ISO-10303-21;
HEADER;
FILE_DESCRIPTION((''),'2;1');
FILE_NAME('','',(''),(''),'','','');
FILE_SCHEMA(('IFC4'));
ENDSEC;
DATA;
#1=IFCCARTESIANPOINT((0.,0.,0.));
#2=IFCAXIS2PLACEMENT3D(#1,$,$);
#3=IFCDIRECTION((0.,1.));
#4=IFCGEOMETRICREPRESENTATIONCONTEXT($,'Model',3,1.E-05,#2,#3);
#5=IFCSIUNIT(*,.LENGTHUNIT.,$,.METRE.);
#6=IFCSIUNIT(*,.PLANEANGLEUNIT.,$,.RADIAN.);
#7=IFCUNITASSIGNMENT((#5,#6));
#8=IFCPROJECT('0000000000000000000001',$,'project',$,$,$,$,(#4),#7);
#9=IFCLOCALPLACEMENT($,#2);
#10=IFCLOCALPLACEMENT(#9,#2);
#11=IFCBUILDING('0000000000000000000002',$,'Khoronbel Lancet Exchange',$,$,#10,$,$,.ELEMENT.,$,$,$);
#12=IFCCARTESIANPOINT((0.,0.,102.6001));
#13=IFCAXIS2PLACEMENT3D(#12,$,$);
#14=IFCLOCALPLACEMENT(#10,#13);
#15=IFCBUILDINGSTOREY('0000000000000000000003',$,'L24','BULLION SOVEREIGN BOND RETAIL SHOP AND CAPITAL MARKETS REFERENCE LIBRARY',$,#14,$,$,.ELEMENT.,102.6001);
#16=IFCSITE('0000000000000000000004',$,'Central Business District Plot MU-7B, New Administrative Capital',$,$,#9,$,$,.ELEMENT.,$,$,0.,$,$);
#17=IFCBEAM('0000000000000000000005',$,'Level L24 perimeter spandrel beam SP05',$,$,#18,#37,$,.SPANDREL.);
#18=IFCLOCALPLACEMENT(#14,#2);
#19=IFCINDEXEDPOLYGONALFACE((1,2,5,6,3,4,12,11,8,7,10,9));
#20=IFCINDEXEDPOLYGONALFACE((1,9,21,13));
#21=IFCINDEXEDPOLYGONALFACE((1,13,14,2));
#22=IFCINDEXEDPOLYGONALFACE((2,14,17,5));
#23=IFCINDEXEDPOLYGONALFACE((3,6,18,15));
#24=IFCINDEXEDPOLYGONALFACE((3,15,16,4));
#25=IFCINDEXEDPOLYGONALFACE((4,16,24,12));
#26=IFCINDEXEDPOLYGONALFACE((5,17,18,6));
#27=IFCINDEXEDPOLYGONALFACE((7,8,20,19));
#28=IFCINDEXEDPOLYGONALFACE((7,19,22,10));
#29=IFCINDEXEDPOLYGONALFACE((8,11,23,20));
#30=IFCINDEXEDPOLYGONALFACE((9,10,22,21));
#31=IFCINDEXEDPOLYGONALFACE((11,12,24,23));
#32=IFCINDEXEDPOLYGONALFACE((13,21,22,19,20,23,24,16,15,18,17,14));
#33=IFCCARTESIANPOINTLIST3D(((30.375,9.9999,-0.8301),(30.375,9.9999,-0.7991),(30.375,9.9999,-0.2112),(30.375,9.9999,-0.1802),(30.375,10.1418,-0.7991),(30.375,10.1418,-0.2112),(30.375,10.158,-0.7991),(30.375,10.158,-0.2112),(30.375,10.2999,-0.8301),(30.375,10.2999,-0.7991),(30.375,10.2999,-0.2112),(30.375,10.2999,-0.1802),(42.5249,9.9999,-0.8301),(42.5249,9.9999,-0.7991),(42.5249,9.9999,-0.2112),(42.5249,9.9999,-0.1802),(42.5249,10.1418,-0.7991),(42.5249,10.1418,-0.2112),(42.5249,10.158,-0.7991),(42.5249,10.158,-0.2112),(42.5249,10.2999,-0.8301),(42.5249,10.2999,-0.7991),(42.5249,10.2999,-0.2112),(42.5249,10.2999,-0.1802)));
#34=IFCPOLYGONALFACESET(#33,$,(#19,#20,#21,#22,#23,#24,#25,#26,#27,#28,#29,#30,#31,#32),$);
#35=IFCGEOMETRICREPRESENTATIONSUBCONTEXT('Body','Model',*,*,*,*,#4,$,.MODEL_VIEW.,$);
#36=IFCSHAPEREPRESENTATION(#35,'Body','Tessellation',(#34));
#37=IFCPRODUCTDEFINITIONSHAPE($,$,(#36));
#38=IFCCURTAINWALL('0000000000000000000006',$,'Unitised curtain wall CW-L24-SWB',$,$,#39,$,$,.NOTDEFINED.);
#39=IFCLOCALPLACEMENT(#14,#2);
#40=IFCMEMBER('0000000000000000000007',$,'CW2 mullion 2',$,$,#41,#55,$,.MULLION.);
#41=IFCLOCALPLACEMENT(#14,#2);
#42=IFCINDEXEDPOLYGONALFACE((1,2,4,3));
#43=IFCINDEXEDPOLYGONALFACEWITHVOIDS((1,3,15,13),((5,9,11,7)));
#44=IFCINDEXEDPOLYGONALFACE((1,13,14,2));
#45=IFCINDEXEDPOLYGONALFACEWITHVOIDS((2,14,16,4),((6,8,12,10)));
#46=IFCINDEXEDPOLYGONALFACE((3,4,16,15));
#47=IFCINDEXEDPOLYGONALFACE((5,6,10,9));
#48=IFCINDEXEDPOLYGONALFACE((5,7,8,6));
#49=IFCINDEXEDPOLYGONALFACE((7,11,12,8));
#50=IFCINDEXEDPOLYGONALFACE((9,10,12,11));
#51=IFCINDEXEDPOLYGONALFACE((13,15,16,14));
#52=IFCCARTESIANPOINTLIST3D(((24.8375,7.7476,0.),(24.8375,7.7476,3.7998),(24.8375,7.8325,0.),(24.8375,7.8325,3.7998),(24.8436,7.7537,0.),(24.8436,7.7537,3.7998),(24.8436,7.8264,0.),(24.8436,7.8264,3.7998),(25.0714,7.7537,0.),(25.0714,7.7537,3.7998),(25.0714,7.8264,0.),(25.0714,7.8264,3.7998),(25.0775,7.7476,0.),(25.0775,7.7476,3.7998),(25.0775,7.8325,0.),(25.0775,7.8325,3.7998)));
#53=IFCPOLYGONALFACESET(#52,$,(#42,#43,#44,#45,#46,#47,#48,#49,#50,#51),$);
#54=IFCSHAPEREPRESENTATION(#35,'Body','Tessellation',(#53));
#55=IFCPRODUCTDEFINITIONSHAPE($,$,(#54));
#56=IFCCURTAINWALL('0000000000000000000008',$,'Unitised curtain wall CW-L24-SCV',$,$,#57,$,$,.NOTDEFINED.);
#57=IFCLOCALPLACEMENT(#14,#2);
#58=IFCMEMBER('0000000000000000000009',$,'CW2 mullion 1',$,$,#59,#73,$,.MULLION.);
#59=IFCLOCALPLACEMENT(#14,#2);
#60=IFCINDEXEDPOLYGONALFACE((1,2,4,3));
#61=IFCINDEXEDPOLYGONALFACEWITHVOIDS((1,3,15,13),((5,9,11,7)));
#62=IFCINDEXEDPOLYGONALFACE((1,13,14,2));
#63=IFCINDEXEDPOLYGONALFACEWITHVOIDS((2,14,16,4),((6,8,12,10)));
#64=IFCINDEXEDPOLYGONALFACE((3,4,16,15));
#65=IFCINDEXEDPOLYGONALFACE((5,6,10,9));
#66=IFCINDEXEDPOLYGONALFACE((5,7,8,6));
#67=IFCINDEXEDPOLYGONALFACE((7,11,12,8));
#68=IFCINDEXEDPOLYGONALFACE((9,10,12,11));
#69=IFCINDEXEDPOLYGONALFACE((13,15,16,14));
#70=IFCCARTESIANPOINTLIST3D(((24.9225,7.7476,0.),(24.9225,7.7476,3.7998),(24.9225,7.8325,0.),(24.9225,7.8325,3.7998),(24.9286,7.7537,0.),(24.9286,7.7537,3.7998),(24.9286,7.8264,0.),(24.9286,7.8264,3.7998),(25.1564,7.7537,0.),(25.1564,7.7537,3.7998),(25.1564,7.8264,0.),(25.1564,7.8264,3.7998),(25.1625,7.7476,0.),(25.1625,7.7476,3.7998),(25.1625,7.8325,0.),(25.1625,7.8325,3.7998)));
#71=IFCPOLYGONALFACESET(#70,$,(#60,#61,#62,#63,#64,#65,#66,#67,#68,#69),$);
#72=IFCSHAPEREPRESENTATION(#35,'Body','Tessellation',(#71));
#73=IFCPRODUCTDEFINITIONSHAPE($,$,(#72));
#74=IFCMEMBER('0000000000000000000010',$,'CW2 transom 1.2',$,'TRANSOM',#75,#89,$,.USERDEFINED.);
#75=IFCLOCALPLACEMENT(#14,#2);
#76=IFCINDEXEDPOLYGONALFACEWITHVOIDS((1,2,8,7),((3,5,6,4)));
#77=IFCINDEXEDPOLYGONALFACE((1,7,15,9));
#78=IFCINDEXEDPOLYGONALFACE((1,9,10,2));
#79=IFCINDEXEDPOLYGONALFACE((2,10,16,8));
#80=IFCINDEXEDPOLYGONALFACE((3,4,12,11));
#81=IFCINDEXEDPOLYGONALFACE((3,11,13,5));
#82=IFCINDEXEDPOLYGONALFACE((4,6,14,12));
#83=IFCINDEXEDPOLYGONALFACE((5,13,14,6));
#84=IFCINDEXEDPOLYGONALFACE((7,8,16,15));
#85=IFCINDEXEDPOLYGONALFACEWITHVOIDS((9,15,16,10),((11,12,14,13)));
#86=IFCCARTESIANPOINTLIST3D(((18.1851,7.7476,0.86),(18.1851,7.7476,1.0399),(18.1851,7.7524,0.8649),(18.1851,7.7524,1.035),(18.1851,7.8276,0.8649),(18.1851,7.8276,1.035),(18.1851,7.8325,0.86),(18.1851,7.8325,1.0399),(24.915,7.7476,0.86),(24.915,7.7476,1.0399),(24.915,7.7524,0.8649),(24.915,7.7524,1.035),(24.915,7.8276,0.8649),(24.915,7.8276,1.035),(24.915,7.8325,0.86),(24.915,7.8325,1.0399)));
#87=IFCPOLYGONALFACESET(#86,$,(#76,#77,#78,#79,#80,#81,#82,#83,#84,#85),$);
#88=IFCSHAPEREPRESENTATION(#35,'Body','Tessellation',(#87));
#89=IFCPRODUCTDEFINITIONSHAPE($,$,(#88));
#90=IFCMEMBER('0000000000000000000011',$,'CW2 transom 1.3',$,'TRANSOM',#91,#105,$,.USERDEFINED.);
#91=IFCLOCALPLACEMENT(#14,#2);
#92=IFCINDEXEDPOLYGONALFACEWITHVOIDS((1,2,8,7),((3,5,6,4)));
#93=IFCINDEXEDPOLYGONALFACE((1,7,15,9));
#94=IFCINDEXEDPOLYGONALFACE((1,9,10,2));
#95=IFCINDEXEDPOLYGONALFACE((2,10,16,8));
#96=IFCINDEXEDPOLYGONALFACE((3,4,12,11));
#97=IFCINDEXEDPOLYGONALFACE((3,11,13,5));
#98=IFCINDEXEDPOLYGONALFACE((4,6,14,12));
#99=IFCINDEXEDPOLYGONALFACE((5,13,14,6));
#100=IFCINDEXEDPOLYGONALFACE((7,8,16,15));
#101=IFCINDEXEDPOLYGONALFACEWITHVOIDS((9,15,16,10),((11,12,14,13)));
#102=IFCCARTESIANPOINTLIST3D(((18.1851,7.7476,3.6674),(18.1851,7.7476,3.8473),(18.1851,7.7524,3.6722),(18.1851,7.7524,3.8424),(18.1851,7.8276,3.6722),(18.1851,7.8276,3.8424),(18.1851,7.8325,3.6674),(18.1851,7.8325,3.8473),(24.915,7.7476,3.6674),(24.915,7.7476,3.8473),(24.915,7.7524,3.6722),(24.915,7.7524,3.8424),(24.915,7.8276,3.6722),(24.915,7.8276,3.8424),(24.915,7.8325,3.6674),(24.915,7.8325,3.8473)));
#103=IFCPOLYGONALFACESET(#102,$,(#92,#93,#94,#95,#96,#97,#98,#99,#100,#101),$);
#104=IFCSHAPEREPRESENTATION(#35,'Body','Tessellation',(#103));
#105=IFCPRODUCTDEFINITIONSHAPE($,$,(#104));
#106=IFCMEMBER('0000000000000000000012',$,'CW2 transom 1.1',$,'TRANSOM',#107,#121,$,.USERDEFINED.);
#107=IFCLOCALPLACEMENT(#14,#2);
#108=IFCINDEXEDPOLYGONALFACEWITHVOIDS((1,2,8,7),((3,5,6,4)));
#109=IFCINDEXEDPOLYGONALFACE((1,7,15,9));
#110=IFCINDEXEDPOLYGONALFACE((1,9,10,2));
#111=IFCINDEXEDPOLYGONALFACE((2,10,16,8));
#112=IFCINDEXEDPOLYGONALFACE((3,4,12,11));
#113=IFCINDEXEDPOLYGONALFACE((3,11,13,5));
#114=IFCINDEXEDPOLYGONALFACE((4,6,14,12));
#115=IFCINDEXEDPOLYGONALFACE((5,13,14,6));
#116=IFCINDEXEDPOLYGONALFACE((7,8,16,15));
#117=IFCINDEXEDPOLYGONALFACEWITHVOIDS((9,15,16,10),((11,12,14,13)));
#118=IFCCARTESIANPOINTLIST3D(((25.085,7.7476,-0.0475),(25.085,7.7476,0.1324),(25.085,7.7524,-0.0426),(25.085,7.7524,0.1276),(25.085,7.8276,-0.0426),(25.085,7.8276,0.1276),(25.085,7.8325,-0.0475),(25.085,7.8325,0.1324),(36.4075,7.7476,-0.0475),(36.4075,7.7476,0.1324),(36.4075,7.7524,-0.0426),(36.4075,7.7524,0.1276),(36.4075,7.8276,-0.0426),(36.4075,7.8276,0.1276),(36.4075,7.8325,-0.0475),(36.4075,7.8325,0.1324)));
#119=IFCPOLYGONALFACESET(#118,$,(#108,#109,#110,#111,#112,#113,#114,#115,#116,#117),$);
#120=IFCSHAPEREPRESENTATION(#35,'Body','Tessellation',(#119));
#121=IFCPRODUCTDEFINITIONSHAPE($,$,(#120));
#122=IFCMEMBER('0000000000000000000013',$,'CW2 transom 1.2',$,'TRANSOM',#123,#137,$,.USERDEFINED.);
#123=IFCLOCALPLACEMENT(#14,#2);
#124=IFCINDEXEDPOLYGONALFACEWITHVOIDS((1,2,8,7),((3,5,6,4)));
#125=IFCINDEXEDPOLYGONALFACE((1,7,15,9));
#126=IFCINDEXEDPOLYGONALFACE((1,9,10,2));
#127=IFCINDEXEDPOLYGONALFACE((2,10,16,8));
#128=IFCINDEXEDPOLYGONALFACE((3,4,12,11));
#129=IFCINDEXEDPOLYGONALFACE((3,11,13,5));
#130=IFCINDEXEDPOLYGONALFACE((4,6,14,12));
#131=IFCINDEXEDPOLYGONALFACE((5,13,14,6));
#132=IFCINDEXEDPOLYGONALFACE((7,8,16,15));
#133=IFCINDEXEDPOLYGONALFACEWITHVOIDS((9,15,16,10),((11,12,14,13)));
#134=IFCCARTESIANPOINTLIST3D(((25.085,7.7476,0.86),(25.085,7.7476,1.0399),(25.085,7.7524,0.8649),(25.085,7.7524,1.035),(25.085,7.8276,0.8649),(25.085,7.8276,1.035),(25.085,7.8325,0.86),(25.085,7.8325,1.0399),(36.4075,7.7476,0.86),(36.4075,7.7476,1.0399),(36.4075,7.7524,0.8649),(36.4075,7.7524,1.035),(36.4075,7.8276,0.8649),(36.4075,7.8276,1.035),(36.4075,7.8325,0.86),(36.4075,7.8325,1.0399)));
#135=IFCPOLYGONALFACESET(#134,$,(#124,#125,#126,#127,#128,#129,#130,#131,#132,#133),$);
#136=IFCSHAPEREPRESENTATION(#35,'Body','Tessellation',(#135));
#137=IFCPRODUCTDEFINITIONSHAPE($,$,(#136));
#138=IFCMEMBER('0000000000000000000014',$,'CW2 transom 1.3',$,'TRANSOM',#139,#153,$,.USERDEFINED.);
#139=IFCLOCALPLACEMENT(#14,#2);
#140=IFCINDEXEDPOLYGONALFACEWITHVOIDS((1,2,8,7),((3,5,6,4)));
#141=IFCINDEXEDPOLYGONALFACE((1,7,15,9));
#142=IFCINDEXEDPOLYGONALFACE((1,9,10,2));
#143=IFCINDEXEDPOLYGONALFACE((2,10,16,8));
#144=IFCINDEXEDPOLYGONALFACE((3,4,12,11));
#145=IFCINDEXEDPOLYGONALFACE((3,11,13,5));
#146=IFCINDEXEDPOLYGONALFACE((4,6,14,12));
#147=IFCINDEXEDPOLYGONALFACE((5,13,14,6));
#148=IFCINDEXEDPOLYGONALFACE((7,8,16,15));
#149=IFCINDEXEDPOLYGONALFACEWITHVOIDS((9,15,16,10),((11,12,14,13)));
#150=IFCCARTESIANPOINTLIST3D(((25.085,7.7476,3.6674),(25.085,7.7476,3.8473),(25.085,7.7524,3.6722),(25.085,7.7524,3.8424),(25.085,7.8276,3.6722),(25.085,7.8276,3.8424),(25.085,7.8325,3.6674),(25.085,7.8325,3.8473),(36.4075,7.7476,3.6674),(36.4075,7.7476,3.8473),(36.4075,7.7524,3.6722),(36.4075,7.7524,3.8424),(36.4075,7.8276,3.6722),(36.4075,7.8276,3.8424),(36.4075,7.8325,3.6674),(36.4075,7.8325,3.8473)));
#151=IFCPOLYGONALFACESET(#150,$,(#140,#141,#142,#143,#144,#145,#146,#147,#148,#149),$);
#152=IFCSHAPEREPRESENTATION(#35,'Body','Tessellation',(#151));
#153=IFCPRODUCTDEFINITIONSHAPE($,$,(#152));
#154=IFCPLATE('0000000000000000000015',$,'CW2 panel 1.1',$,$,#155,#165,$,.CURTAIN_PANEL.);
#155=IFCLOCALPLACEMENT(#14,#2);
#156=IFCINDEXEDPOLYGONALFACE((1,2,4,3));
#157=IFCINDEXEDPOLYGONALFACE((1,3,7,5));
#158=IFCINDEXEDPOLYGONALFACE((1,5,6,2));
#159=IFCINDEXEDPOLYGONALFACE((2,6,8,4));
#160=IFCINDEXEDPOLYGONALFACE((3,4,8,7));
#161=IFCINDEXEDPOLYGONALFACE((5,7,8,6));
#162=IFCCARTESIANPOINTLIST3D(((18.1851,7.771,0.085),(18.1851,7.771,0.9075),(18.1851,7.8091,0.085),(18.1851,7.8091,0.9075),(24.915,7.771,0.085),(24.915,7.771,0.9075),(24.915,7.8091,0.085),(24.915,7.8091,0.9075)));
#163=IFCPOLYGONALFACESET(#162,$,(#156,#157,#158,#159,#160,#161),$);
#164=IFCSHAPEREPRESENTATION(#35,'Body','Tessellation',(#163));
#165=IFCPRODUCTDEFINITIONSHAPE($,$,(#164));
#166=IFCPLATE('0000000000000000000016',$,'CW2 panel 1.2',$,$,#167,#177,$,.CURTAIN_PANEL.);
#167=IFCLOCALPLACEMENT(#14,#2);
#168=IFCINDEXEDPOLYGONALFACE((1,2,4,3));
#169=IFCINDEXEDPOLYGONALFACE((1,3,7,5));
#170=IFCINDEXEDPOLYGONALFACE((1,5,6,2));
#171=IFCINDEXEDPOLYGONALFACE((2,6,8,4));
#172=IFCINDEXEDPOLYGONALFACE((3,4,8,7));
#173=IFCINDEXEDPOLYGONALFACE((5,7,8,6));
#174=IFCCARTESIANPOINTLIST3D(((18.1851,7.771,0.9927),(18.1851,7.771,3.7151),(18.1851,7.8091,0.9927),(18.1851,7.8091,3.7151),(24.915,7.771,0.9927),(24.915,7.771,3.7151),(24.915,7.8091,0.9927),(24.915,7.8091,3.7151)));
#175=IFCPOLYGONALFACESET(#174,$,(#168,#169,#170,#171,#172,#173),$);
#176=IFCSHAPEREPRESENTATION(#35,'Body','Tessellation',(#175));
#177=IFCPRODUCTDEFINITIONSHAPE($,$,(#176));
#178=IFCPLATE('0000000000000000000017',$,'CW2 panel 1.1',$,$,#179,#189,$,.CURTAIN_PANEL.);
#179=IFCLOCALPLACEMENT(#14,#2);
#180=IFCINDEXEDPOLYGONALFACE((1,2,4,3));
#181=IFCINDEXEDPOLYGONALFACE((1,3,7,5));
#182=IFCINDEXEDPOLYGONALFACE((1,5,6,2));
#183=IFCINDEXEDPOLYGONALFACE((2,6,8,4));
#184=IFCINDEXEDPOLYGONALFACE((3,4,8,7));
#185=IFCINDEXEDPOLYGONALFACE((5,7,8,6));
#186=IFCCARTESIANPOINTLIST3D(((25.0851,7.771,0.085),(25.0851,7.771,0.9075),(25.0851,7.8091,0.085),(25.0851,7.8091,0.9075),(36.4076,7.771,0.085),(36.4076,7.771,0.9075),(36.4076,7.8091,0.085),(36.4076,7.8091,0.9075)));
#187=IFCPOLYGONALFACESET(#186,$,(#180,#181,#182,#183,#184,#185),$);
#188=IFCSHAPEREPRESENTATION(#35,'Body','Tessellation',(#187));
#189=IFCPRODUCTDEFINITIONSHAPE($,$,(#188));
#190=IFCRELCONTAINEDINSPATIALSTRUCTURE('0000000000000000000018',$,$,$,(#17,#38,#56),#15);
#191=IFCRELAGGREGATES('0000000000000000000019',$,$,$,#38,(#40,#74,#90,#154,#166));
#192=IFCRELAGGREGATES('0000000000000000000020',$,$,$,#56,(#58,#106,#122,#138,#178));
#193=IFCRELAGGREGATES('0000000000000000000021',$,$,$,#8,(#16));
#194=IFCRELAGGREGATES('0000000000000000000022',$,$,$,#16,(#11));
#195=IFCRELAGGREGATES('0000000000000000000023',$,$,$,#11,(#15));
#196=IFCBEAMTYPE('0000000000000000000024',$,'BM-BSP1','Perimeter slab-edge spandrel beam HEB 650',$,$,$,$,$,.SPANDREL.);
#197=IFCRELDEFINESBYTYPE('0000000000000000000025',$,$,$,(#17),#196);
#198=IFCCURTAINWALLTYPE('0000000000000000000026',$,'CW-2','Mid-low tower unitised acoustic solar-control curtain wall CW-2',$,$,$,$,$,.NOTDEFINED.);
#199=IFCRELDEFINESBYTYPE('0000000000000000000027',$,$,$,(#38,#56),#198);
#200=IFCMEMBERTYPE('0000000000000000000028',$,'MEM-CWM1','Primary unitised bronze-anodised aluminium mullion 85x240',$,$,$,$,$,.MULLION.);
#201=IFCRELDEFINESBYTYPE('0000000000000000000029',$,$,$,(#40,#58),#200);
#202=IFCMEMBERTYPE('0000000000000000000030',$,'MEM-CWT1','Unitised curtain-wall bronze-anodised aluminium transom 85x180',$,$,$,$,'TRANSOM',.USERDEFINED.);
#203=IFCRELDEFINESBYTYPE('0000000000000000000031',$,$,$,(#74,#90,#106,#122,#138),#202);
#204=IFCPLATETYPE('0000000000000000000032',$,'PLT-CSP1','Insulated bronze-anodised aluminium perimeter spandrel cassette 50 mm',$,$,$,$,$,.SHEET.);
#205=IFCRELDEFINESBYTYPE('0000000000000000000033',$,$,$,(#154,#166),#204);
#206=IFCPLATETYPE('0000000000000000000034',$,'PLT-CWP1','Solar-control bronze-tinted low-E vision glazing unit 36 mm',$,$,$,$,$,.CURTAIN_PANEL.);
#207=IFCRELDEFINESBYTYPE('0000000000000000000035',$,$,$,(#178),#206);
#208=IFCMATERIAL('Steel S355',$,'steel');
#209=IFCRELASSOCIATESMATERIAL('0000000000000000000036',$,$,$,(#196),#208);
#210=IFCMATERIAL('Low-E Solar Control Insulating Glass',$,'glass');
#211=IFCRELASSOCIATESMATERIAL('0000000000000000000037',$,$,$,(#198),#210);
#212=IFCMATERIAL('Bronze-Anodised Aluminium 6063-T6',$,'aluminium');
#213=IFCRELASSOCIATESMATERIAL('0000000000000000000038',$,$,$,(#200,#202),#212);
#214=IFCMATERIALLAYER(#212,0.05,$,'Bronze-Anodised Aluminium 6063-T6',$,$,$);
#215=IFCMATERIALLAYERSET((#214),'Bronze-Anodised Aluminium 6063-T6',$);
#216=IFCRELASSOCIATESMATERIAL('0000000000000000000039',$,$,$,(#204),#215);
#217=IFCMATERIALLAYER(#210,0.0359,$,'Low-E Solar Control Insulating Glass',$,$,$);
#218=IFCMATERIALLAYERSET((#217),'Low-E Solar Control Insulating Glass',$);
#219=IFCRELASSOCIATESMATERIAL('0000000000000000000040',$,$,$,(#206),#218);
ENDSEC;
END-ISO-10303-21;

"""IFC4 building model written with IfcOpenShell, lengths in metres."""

from ifc_helpers import new_model, si_unit, direction, frame, origin, origin_2d, place, context, subcontext, project, spatial, rectangle, hollow_rectangle, i_section, extrude, material, layer, layer_set, material_profile, profile_set, type_object, element, aggregate, save


model = new_model("IFC4")

# Units and contexts
model_context = context("Model", 3, precision=1e-05, world=origin(), true_north=direction((0.0, 1.0)))
body_context = subcontext(model_context, "Body", "Model", "MODEL_VIEW")
ifc_project = project(units=[si_unit("LENGTHUNIT", "METRE"), si_unit("PLANEANGLEUNIT", "RADIAN")], contexts=[model_context])

# Site, building, storey
site_placement = place(None, origin())
site = spatial("IfcSite", under=ifc_project, at=site_placement, Name="Central Business District Plot MU-7B, New Administrative Capital", CompositionType="ELEMENT", RefElevation=0.0)
building_placement = place(site_placement, origin())
building = spatial("IfcBuilding", under=site, at=building_placement, Name="Khoronbel Lancet Exchange", CompositionType="ELEMENT")
storey_placement = place(building_placement, frame((0.0, 0.0, 102.6001)))
storey = spatial("IfcBuildingStorey", under=building, at=storey_placement, Name="L24", Description="BULLION SOVEREIGN BOND RETAIL SHOP AND CAPITAL MARKETS REFERENCE LIBRARY", CompositionType="ELEMENT", Elevation=102.6001)

# Beam
ifc_material_1 = material(Name="Steel S355", Category="steel")
ifc_material_profile_1 = material_profile(ifc_material_1, i_section(OverallWidth=0.3, OverallDepth=0.6499, WebThickness=0.0161, FlangeThickness=0.031, at=origin_2d()), Name="HEB 650")
ifc_profile_set_1 = profile_set([ifc_material_profile_1], Name="Steel S355")
beam_type_1 = type_object("IfcBeamType", Name="BM-BSP1", Description="Perimeter slab-edge spandrel beam HEB 650", PredefinedType="SPANDREL", material=ifc_profile_set_1)
beam_1_placement = place(storey_placement, frame((30.375, 10.1499, -0.5051), z_axis=(1.0, 0.0, 0.0), x_axis=(0.0, 1.0, 0.0)))
element("IfcBeam", 1, at=beam_1_placement, inside=storey, type_object=beam_type_1, Name="Level L24 perimeter spandrel beam SP05", PredefinedType="SPANDREL", context=body_context, shape_type="SweptSolid", body=[
    extrude(i_section(OverallWidth=0.3, OverallDepth=0.6499, WebThickness=0.0161, FlangeThickness=0.031, at=origin_2d()), origin(), (0.0, 0.0, 1.0), 12.1499),
])

# Curtain walls, members
ifc_material_2 = material(Name="Low-E Solar Control Insulating Glass", Category="glass")
curtain_wall_type = type_object("IfcCurtainWallType", Name="CW-2", Description="Mid-low tower unitised acoustic solar-control curtain wall CW-2", PredefinedType="NOTDEFINED", material=ifc_material_2)
curtain_wall_1_placement = place(storey_placement, origin())
curtain_wall_1 = element("IfcCurtainWall", 2, at=curtain_wall_1_placement, inside=storey, type_object=curtain_wall_type, Name="Unitised curtain wall CW-L24-SWB", PredefinedType="NOTDEFINED")
ifc_material_3 = material(Name="Bronze-Anodised Aluminium 6063-T6", Category="aluminium")
ifc_material_profile_2 = material_profile(ifc_material_3, hollow_rectangle(XDim=0.085, YDim=0.24, WallThickness=0.0061, at=origin_2d()), Name="ALU MULLION 85x240")
ifc_profile_set_2 = profile_set([ifc_material_profile_2], Name="Bronze-Anodised Aluminium 6063-T6")
member_type_1 = type_object("IfcMemberType", Name="MEM-CWM1", Description="Primary unitised bronze-anodised aluminium mullion 85x240", PredefinedType="MULLION", material=ifc_profile_set_2)
member_1_placement = place(storey_placement, frame((24.9575, 7.79, 0.0), z_axis=(0.0, 0.0, 1.0), x_axis=(0.0, 1.0, 0.0)))
member_1 = element("IfcMember", 3, at=member_1_placement, type_object=member_type_1, Name="CW2 mullion 2", PredefinedType="MULLION", context=body_context, shape_type="SweptSolid", body=[
    extrude(hollow_rectangle(XDim=0.085, YDim=0.24, WallThickness=0.0061, at=origin_2d()), origin(), (0.0, 0.0, 1.0), 3.7998),
])
curtain_wall_2_placement = place(storey_placement, origin())
curtain_wall_2 = element("IfcCurtainWall", 4, at=curtain_wall_2_placement, inside=storey, type_object=curtain_wall_type, Name="Unitised curtain wall CW-L24-SCV", PredefinedType="NOTDEFINED")
member_2_placement = place(storey_placement, frame((25.0425, 7.79, 0.0), z_axis=(0.0, 0.0, 1.0), x_axis=(0.0, 1.0, 0.0)))
member_2 = element("IfcMember", 5, at=member_2_placement, type_object=member_type_1, Name="CW2 mullion 1", PredefinedType="MULLION", context=body_context, shape_type="SweptSolid", body=[
    extrude(hollow_rectangle(XDim=0.085, YDim=0.24, WallThickness=0.0061, at=origin_2d()), origin(), (0.0, 0.0, 1.0), 3.7998),
])

# Members
ifc_material_profile_3 = material_profile(ifc_material_3, hollow_rectangle(XDim=0.085, YDim=0.1799, WallThickness=0.0049, at=origin_2d()), Name="ALU TRANSOM 85x180")
ifc_profile_set_3 = profile_set([ifc_material_profile_3], Name="Bronze-Anodised Aluminium 6063-T6")
member_type_2 = type_object("IfcMemberType", Name="MEM-CWT1", Description="Unitised curtain-wall bronze-anodised aluminium transom 85x180", ElementType="TRANSOM", PredefinedType="USERDEFINED", material=ifc_profile_set_3)
member_3_placement = place(storey_placement, frame((18.1851, 7.79, 0.95), z_axis=(1.0, 0.0, 0.0), x_axis=(0.0, 1.0, 0.0)))
member_3 = element("IfcMember", 6, at=member_3_placement, type_object=member_type_2, Name="CW2 transom 1.2", ObjectType="TRANSOM", PredefinedType="USERDEFINED", context=body_context, shape_type="SweptSolid", body=[
    extrude(hollow_rectangle(XDim=0.085, YDim=0.1799, WallThickness=0.0049, at=origin_2d()), origin(), (0.0, 0.0, 1.0), 6.73),
])
member_4_placement = place(storey_placement, frame((18.1851, 7.79, 3.7573), z_axis=(1.0, 0.0, 0.0), x_axis=(0.0, 1.0, 0.0)))
member_4 = element("IfcMember", 7, at=member_4_placement, type_object=member_type_2, Name="CW2 transom 1.3", ObjectType="TRANSOM", PredefinedType="USERDEFINED", context=body_context, shape_type="SweptSolid", body=[
    extrude(hollow_rectangle(XDim=0.085, YDim=0.1799, WallThickness=0.0049, at=origin_2d()), origin(), (0.0, 0.0, 1.0), 6.73),
])
member_5_placement = place(storey_placement, frame((25.085, 7.79, 0.0425), z_axis=(1.0, 0.0, 0.0), x_axis=(0.0, 1.0, 0.0)))
member_5 = element("IfcMember", 8, at=member_5_placement, type_object=member_type_2, Name="CW2 transom 1.1", ObjectType="TRANSOM", PredefinedType="USERDEFINED", context=body_context, shape_type="SweptSolid", body=[
    extrude(hollow_rectangle(XDim=0.085, YDim=0.1799, WallThickness=0.0049, at=origin_2d()), origin(), (0.0, 0.0, 1.0), 11.3225),
])
member_6_placement = place(storey_placement, frame((25.085, 7.79, 0.95), z_axis=(1.0, 0.0, 0.0), x_axis=(0.0, 1.0, 0.0)))
member_6 = element("IfcMember", 9, at=member_6_placement, type_object=member_type_2, Name="CW2 transom 1.2", ObjectType="TRANSOM", PredefinedType="USERDEFINED", context=body_context, shape_type="SweptSolid", body=[
    extrude(hollow_rectangle(XDim=0.085, YDim=0.1799, WallThickness=0.0049, at=origin_2d()), origin(), (0.0, 0.0, 1.0), 11.3225),
])
member_7_placement = place(storey_placement, frame((25.085, 7.79, 3.7573), z_axis=(1.0, 0.0, 0.0), x_axis=(0.0, 1.0, 0.0)))
member_7 = element("IfcMember", 10, at=member_7_placement, type_object=member_type_2, Name="CW2 transom 1.3", ObjectType="TRANSOM", PredefinedType="USERDEFINED", context=body_context, shape_type="SweptSolid", body=[
    extrude(hollow_rectangle(XDim=0.085, YDim=0.1799, WallThickness=0.0049, at=origin_2d()), origin(), (0.0, 0.0, 1.0), 11.3225),
])

# Plates
ifc_layer_1 = layer(ifc_material_3, 0.05, Name="Bronze-Anodised Aluminium 6063-T6")
ifc_layer_set_1 = layer_set([ifc_layer_1], Name="Bronze-Anodised Aluminium 6063-T6")
plate_type_1 = type_object("IfcPlateType", Name="PLT-CSP1", Description="Insulated bronze-anodised aluminium perimeter spandrel cassette 50 mm", PredefinedType="SHEET", material=ifc_layer_set_1)
plate_1_placement = place(storey_placement, frame((21.55, 7.79, 0.085), z_axis=(0.0, 0.0, 1.0), x_axis=(1.0, 0.0, 0.0)))
plate_1 = element("IfcPlate", 11, at=plate_1_placement, type_object=plate_type_1, Name="CW2 panel 1.1", PredefinedType="CURTAIN_PANEL", context=body_context, shape_type="SweptSolid", body=[
    extrude(rectangle(XDim=6.73, YDim=0.0381, at=origin_2d()), origin(), (0.0, 0.0, 1.0), 0.8225),
])
plate_2_placement = place(storey_placement, frame((21.55, 7.79, 0.9927), z_axis=(0.0, 0.0, 1.0), x_axis=(1.0, 0.0, 0.0)))
plate_2 = element("IfcPlate", 12, at=plate_2_placement, type_object=plate_type_1, Name="CW2 panel 1.2", PredefinedType="CURTAIN_PANEL", context=body_context, shape_type="SweptSolid", body=[
    extrude(rectangle(XDim=6.73, YDim=0.0381, at=origin_2d()), origin(), (0.0, 0.0, 1.0), 2.7224),
])
aggregate(curtain_wall_1, [member_1, member_3, member_4, plate_1, plate_2])
ifc_layer_2 = layer(ifc_material_2, 0.0359, Name="Low-E Solar Control Insulating Glass")
ifc_layer_set_2 = layer_set([ifc_layer_2], Name="Low-E Solar Control Insulating Glass")
plate_type_2 = type_object("IfcPlateType", Name="PLT-CWP1", Description="Solar-control bronze-tinted low-E vision glazing unit 36 mm", PredefinedType="CURTAIN_PANEL", material=ifc_layer_set_2)
plate_3_placement = place(storey_placement, frame((30.7463, 7.79, 0.085), z_axis=(0.0, 0.0, 1.0), x_axis=(1.0, 0.0, 0.0)))
plate_3 = element("IfcPlate", 13, at=plate_3_placement, type_object=plate_type_2, Name="CW2 panel 1.1", PredefinedType="CURTAIN_PANEL", context=body_context, shape_type="SweptSolid", body=[
    extrude(rectangle(XDim=11.3225, YDim=0.0381, at=origin_2d()), origin(), (0.0, 0.0, 1.0), 0.8225),
])
aggregate(curtain_wall_2, [member_2, member_5, member_6, member_7, plate_3])

save(model, "model.ifc")
